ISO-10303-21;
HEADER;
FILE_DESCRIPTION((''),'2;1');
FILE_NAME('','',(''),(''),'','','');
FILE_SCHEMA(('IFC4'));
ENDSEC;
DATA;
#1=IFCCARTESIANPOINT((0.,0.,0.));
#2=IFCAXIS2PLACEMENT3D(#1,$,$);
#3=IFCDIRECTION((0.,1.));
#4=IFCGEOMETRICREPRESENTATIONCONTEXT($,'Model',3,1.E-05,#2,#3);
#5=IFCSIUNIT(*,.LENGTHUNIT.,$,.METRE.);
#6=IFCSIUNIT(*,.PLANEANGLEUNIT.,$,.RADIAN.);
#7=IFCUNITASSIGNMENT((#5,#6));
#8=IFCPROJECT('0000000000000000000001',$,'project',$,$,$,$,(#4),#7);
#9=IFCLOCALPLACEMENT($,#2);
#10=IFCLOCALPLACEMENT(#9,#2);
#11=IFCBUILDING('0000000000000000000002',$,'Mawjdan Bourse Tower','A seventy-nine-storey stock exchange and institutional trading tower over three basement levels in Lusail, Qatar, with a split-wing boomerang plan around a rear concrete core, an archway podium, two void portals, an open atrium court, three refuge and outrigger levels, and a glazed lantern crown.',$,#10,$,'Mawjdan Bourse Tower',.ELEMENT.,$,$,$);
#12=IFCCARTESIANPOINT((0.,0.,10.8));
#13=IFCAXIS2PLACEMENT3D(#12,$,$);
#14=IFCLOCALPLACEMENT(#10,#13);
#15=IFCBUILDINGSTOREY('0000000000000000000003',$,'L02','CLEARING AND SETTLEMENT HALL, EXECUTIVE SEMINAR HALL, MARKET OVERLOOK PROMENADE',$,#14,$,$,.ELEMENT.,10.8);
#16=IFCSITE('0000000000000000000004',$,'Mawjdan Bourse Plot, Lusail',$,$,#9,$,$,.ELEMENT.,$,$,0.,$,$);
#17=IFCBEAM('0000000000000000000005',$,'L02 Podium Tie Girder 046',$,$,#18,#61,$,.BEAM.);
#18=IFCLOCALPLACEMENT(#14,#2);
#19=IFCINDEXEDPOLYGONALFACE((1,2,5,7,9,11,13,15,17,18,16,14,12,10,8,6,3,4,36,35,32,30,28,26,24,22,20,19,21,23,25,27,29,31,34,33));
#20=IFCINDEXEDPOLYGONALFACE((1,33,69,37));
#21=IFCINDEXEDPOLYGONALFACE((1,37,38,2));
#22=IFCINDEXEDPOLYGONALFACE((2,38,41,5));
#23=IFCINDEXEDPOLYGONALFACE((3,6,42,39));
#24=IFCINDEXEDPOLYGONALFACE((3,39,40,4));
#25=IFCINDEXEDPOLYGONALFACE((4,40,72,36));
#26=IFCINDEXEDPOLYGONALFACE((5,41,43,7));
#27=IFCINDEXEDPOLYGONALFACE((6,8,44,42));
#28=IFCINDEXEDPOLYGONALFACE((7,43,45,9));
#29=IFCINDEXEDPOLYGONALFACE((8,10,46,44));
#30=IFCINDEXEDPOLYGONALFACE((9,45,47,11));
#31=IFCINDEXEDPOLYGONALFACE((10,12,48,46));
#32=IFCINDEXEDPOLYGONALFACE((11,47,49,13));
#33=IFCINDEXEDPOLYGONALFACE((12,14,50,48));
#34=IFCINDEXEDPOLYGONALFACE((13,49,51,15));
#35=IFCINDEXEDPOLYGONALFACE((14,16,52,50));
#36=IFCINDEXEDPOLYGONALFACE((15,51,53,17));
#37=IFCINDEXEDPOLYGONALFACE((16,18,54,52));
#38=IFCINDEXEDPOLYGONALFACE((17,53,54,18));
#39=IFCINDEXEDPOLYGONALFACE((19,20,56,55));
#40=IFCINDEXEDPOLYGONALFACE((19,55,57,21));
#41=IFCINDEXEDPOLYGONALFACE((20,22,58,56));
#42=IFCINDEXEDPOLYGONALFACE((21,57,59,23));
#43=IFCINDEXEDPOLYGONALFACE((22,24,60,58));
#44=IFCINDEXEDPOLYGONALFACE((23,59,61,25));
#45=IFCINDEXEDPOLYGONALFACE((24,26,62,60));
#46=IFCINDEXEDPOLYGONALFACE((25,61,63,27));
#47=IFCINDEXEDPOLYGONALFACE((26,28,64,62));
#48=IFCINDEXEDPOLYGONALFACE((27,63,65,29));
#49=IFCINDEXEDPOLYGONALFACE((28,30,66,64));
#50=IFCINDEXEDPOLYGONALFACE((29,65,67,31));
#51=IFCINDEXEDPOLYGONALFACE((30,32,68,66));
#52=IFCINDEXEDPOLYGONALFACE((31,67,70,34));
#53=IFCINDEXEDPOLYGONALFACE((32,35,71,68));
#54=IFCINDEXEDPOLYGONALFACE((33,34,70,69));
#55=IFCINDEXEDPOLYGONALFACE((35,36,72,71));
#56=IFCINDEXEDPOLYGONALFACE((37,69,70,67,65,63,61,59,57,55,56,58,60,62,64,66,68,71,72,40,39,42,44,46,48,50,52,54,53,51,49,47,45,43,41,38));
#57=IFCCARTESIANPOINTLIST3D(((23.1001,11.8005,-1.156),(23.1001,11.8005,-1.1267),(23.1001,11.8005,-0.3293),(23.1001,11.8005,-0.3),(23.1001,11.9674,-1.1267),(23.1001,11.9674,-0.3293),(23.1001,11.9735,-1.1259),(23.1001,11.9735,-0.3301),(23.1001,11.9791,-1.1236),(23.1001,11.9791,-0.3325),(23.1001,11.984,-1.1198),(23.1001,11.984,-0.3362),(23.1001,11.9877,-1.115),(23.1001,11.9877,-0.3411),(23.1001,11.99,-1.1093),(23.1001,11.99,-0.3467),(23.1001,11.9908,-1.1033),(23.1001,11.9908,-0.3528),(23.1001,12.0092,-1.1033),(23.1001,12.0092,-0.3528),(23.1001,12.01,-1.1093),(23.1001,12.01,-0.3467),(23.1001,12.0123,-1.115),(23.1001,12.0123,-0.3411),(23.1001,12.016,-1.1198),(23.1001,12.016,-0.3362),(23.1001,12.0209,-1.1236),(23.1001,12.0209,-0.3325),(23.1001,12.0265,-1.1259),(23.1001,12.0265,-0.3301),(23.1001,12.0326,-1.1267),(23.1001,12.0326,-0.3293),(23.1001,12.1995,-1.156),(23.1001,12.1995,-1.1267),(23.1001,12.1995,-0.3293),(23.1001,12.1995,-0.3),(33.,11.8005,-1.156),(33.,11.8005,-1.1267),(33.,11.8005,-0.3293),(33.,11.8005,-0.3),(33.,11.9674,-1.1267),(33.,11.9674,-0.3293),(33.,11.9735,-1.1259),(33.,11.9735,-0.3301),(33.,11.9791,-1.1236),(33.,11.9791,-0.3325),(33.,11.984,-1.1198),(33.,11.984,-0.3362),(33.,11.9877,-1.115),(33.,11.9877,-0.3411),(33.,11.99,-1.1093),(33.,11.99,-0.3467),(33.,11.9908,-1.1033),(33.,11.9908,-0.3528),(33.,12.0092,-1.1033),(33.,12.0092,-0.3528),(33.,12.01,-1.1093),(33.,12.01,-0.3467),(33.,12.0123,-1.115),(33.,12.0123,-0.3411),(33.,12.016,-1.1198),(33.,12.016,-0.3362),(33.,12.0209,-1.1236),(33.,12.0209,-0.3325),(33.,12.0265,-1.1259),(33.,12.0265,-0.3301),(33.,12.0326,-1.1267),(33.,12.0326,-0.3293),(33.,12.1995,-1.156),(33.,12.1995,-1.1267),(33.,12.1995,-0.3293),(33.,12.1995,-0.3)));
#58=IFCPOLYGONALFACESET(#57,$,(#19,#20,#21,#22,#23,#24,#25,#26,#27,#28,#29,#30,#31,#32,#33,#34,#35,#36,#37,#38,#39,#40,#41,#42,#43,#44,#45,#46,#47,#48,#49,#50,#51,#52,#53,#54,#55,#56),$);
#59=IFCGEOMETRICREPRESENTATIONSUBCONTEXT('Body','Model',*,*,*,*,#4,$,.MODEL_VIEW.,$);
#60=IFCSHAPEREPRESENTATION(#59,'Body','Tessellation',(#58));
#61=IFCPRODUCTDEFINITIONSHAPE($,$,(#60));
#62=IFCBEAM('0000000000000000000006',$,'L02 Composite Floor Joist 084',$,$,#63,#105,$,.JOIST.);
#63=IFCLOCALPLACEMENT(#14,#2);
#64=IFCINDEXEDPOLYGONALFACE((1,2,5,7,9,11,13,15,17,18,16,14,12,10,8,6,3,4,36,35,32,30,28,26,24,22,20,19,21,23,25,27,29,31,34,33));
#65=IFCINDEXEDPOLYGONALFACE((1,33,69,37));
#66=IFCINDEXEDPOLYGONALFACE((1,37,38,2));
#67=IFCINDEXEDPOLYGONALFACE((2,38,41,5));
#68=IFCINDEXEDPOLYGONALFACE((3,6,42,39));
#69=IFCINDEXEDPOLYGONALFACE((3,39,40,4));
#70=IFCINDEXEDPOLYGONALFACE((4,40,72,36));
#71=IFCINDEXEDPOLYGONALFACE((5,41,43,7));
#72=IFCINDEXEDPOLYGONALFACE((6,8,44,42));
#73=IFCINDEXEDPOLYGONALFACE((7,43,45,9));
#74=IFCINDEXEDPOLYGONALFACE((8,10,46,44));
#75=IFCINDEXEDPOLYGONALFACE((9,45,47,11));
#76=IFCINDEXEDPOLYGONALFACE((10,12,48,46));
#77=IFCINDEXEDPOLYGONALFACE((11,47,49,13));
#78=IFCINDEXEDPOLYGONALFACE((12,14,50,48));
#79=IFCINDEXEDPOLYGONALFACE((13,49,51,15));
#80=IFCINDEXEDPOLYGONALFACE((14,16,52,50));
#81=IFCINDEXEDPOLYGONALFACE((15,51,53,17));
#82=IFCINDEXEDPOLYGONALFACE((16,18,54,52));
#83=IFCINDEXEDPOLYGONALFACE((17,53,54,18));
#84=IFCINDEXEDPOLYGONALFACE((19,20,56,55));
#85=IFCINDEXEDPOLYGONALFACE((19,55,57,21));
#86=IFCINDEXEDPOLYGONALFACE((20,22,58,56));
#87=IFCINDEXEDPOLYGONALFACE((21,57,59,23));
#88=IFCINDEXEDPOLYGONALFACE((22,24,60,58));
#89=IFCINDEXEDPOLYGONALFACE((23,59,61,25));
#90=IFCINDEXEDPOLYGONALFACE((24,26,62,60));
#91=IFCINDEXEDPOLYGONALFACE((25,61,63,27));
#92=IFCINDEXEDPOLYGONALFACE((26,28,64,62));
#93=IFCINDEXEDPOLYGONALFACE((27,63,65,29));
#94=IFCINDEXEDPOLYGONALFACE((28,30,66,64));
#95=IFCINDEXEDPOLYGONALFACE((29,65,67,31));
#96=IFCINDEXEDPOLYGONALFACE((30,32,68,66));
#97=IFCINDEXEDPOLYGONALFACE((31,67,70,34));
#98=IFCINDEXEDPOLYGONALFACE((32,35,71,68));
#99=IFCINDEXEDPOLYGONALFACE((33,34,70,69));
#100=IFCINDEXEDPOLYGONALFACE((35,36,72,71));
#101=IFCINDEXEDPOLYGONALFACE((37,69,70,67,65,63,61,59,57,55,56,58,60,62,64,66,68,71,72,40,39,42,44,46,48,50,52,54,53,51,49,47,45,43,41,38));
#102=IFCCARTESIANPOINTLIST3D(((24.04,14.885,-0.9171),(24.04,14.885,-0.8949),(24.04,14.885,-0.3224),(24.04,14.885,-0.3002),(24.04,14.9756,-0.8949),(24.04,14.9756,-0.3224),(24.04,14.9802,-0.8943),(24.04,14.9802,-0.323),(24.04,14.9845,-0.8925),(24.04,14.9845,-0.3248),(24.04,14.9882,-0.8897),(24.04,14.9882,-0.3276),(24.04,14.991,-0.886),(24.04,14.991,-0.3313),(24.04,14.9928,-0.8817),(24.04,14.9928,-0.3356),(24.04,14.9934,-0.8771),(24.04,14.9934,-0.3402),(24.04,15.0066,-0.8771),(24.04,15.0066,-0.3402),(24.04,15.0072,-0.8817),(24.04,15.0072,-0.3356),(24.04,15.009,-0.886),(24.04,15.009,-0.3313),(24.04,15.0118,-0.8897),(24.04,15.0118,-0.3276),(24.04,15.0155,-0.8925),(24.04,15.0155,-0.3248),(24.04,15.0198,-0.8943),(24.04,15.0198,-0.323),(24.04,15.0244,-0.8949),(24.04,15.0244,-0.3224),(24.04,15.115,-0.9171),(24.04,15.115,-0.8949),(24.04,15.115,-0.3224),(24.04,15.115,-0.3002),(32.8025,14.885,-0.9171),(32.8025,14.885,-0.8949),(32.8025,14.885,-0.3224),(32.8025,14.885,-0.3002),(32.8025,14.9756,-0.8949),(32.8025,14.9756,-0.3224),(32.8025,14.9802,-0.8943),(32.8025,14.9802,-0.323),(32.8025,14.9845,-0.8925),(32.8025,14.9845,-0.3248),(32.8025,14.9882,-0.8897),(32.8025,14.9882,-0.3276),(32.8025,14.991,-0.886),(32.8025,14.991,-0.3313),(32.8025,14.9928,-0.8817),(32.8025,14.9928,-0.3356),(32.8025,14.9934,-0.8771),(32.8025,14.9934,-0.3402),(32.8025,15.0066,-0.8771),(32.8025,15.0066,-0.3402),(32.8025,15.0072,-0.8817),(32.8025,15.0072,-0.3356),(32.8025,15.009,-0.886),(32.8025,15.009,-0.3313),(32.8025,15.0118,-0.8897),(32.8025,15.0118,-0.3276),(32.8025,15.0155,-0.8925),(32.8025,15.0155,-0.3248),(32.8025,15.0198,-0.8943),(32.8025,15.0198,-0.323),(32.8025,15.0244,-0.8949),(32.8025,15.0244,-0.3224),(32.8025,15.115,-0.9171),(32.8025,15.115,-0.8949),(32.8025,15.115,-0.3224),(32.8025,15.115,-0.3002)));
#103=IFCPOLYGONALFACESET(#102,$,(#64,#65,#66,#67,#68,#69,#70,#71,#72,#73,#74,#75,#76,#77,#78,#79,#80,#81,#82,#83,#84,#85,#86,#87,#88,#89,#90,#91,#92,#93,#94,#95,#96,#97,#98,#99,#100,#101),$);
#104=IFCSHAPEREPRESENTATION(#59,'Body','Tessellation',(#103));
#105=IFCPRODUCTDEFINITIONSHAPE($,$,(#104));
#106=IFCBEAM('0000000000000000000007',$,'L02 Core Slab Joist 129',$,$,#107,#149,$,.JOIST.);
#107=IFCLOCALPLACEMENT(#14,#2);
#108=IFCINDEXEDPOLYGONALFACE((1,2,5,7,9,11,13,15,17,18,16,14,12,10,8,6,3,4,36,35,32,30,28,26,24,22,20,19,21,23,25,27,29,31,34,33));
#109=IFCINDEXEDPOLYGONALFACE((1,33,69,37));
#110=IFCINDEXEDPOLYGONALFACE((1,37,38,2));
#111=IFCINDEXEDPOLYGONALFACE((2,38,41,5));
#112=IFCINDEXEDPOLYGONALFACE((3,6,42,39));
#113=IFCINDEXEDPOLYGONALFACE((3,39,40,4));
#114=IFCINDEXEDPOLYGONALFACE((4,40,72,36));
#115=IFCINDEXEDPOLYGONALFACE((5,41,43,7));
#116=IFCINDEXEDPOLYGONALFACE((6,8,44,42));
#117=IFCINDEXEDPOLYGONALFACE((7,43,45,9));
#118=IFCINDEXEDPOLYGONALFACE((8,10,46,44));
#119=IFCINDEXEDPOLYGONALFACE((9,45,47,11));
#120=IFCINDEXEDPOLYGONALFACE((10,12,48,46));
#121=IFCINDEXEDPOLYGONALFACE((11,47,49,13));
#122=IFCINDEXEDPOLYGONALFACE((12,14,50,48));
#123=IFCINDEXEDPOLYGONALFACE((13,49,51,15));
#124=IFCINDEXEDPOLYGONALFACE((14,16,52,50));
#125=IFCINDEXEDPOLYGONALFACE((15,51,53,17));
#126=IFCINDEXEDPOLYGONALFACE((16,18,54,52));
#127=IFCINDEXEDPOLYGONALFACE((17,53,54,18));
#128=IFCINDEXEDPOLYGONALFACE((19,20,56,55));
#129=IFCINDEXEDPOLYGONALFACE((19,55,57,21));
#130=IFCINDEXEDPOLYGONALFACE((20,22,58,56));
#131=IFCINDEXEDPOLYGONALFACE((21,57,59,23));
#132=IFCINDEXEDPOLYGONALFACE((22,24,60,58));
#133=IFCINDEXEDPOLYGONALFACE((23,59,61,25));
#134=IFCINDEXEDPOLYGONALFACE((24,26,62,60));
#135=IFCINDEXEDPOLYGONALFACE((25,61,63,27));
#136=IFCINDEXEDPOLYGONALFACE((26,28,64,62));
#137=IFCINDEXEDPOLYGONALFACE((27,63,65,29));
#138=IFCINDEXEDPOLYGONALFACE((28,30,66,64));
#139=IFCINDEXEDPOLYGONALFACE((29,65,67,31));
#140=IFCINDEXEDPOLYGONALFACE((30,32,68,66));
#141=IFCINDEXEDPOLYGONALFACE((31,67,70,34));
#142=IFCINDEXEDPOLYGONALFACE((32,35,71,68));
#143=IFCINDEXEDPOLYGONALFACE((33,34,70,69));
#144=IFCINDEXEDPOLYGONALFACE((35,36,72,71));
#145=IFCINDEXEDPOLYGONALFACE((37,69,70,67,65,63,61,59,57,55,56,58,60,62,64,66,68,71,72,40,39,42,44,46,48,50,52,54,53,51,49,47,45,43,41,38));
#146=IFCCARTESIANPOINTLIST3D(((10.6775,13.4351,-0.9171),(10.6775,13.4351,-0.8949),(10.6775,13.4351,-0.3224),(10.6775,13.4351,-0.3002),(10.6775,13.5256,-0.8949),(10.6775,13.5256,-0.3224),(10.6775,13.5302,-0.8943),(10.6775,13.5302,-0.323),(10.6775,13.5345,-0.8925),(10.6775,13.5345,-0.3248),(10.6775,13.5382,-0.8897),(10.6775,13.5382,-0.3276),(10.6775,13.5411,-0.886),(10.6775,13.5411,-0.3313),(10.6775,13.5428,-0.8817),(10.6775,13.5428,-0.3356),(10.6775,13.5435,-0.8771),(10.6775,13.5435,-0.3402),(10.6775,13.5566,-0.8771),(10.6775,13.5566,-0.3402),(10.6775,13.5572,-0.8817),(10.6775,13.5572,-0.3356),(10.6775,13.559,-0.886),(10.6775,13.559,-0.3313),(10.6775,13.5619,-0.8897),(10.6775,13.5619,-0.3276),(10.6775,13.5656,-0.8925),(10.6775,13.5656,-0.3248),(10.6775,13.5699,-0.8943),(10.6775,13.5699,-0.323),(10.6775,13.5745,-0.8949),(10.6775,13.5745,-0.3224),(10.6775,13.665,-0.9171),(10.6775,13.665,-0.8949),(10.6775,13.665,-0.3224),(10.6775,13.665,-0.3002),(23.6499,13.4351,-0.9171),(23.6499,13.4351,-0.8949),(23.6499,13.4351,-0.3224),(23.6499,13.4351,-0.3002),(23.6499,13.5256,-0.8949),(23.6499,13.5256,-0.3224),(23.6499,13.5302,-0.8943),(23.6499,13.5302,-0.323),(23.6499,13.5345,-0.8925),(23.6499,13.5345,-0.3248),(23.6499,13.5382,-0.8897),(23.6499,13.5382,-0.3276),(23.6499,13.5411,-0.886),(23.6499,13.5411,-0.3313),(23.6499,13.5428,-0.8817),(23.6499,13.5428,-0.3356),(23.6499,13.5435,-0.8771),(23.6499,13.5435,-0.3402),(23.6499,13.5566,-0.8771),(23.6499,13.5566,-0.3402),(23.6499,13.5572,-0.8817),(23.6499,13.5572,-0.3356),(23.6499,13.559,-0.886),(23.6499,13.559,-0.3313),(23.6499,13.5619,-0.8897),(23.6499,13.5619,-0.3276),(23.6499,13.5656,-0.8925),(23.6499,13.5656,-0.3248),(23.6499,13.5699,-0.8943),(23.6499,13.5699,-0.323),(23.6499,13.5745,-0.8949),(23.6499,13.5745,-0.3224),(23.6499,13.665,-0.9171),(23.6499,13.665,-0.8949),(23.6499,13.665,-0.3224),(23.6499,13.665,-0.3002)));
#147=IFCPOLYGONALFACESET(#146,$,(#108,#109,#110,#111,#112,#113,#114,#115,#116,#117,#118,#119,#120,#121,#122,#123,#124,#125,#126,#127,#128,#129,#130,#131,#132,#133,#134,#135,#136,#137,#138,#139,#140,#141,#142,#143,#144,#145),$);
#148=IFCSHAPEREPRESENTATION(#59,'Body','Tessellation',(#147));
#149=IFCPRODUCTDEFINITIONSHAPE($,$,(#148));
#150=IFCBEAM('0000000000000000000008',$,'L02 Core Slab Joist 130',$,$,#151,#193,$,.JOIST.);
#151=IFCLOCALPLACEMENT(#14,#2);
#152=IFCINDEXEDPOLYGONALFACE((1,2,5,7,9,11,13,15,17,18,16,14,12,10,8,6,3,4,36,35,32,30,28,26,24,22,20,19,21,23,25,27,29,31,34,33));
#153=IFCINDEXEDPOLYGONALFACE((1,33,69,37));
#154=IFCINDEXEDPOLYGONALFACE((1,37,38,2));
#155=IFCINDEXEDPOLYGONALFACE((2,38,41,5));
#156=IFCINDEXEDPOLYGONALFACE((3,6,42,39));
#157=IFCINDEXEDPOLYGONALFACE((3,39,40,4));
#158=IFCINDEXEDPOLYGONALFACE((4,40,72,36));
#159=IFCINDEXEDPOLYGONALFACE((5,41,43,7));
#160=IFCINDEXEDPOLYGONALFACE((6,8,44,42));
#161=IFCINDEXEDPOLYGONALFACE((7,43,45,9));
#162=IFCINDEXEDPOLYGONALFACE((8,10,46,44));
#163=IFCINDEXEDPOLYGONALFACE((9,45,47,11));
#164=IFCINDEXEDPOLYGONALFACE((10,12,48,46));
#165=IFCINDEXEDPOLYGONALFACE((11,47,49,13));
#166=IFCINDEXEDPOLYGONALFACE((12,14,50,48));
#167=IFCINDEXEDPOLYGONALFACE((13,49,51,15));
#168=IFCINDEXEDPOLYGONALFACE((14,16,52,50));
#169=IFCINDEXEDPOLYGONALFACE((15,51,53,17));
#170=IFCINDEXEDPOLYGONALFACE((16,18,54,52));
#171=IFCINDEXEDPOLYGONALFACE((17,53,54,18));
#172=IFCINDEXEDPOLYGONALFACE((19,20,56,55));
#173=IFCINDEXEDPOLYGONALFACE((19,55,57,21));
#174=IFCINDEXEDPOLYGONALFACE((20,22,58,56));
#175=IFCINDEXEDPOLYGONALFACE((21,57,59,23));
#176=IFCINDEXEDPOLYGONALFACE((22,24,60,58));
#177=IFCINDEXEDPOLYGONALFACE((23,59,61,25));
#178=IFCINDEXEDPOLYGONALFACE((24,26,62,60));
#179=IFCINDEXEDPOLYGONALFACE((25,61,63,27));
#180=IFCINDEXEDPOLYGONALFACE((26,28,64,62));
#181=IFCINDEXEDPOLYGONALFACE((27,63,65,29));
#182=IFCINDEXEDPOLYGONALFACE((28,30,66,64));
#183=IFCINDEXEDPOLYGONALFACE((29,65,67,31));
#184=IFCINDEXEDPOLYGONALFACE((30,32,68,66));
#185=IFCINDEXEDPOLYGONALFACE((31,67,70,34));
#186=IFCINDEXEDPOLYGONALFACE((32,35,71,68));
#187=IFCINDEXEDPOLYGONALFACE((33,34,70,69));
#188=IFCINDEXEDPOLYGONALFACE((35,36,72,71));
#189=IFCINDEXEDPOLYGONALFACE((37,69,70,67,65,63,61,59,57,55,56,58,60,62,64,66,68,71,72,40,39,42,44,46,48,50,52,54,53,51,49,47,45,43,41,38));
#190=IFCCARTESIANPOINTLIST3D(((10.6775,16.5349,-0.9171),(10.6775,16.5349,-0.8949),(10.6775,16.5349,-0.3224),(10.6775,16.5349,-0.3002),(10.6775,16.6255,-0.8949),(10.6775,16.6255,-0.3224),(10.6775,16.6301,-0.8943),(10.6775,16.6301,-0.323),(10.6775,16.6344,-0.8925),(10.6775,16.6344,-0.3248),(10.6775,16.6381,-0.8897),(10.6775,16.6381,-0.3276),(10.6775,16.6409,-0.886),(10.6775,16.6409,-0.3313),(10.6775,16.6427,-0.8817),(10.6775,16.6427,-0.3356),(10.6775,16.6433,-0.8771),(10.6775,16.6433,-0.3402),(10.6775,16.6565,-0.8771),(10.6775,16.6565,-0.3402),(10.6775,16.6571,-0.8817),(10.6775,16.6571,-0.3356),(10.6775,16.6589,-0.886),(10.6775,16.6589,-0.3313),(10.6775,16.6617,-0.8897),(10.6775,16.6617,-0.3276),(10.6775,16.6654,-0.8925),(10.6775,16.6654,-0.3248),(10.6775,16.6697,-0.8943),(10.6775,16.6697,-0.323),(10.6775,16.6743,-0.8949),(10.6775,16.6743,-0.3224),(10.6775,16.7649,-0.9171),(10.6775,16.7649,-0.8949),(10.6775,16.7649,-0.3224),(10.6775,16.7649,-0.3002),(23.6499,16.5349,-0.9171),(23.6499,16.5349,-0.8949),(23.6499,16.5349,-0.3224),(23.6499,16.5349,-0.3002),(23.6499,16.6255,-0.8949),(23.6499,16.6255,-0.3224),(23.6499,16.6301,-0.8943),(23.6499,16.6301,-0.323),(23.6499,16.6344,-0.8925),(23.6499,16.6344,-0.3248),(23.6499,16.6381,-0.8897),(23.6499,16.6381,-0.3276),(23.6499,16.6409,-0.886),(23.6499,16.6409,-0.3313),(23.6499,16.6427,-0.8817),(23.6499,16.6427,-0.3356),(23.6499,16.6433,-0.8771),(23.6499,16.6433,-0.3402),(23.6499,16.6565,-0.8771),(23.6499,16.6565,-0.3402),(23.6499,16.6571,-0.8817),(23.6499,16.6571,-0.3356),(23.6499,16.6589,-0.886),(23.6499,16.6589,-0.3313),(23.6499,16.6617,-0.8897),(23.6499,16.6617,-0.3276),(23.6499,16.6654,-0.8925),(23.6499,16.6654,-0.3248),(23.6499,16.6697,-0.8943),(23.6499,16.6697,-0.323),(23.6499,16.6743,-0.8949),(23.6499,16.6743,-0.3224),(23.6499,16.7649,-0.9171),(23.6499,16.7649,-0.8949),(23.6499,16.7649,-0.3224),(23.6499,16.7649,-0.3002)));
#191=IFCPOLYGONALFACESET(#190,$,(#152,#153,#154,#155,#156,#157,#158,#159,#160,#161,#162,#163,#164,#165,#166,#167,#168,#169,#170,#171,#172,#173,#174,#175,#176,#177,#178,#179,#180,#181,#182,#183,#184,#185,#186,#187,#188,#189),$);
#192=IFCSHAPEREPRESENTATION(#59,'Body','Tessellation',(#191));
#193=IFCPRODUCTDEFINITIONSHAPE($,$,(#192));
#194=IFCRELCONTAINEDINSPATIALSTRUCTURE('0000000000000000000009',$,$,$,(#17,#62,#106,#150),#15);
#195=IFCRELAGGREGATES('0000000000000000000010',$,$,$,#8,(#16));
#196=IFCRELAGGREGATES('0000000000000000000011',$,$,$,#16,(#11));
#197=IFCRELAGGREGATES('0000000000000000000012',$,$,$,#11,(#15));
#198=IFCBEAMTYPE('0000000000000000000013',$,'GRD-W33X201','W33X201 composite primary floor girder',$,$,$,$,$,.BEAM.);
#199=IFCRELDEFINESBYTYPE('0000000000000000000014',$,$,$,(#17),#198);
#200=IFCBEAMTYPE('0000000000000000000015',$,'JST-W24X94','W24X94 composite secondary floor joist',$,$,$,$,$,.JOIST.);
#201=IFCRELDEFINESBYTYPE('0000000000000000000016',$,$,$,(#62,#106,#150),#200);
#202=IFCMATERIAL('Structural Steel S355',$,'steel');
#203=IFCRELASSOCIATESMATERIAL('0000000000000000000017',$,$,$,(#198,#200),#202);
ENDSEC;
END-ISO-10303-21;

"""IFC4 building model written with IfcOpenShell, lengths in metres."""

from ifc_helpers import new_model, si_unit, direction, frame, origin, origin_2d, place, context, subcontext, project, spatial, i_section, extrude, material, material_profile, profile_set, type_object, element, save


model = new_model("IFC4")

# Units and contexts
model_context = context("Model", 3, precision=1e-05, world=origin(), true_north=direction((0.0, 1.0)))
body_context = subcontext(model_context, "Body", "Model", "MODEL_VIEW")
ifc_project = project(units=[si_unit("LENGTHUNIT", "METRE"), si_unit("PLANEANGLEUNIT", "RADIAN")], contexts=[model_context])

# Site, building, storey
site_placement = place(None, origin())
site = spatial("IfcSite", under=ifc_project, at=site_placement, Name="Mawjdan Bourse Plot, Lusail", CompositionType="ELEMENT", RefElevation=0.0)
building_placement = place(site_placement, origin())
building = spatial("IfcBuilding", under=site, at=building_placement, Name="Mawjdan Bourse Tower", Description="A seventy-nine-storey stock exchange and institutional trading tower over three basement levels in Lusail, Qatar, with a split-wing boomerang plan around a rear concrete core, an archway podium, two void portals, an open atrium court, three refuge and outrigger levels, and a glazed lantern crown.", LongName="Mawjdan Bourse Tower", CompositionType="ELEMENT")
storey_placement = place(building_placement, frame((0.0, 0.0, 10.8)))
storey = spatial("IfcBuildingStorey", under=building, at=storey_placement, Name="L02", Description="CLEARING AND SETTLEMENT HALL, EXECUTIVE SEMINAR HALL, MARKET OVERLOOK PROMENADE", CompositionType="ELEMENT", Elevation=10.8)

# Beams
ifc_material_1 = material(Name="Structural Steel S355", Category="steel")
ifc_material_profile_1 = material_profile(ifc_material_1, i_section(OverallWidth=0.3989, OverallDepth=0.856, WebThickness=0.0183, FlangeThickness=0.0293, FilletRadius=0.0234, at=origin_2d()), Name="W33X201")
ifc_profile_set_1 = profile_set([ifc_material_profile_1], Name="Structural Steel S355")
beam_type_1 = type_object("IfcBeamType", Name="GRD-W33X201", Description="W33X201 composite primary floor girder", PredefinedType="BEAM", material=ifc_profile_set_1)
beam_1_placement = place(storey_placement, frame((23.1001, 12.0, -0.728), z_axis=(1.0, 0.0, 0.0), x_axis=(0.0, 1.0, 0.0)))
element("IfcBeam", 1, at=beam_1_placement, inside=storey, type_object=beam_type_1, Name="L02 Podium Tie Girder 046", PredefinedType="BEAM", context=body_context, shape_type="SweptSolid", body=[
    extrude(i_section(OverallWidth=0.3989, OverallDepth=0.856, WebThickness=0.0183, FlangeThickness=0.0293, FilletRadius=0.0234, at=origin_2d()), origin(), (0.0, 0.0, 1.0), 9.8999),
])
ifc_material_profile_2 = material_profile(ifc_material_1, i_section(OverallWidth=0.23, OverallDepth=0.6169, WebThickness=0.0132, FlangeThickness=0.0222, FilletRadius=0.0178, at=origin_2d()), Name="W24X94")
ifc_profile_set_2 = profile_set([ifc_material_profile_2], Name="Structural Steel S355")
beam_type_2 = type_object("IfcBeamType", Name="JST-W24X94", Description="W24X94 composite secondary floor joist", PredefinedType="JOIST", material=ifc_profile_set_2)
beam_2_placement = place(storey_placement, frame((24.04, 15.0, -0.6086), z_axis=(1.0, 0.0, 0.0), x_axis=(0.0, 1.0, 0.0)))
element("IfcBeam", 2, at=beam_2_placement, inside=storey, type_object=beam_type_2, Name="L02 Composite Floor Joist 084", PredefinedType="JOIST", context=body_context, shape_type="SweptSolid", body=[
    extrude(i_section(OverallWidth=0.23, OverallDepth=0.6169, WebThickness=0.0132, FlangeThickness=0.0222, FilletRadius=0.0178, at=origin_2d()), origin(), (0.0, 0.0, 1.0), 8.7625),
])
for number, where, z_axis, x_axis, name in (
    (3, (10.6775, 13.55, -0.6086), (1.0, 0.0, 0.0), (0.0, 1.0, 0.0), "L02 Core Slab Joist 129"),
    (4, (10.6775, 16.6499, -0.6086), (1.0, 0.0, 0.0), (0.0, 1.0, 0.0), "L02 Core Slab Joist 130"),
):
    element("IfcBeam", number, at=place(storey_placement, frame(where, z_axis=z_axis, x_axis=x_axis)), inside=storey, type_object=beam_type_2, Name=name, PredefinedType="JOIST", context=body_context, shape_type="SweptSolid", body=[
        extrude(i_section(OverallWidth=0.23, OverallDepth=0.6169, WebThickness=0.0132, FlangeThickness=0.0222, FilletRadius=0.0178, at=origin_2d()), origin(), (0.0, 0.0, 1.0), 12.9724),
    ])

save(model, "model.ifc")
